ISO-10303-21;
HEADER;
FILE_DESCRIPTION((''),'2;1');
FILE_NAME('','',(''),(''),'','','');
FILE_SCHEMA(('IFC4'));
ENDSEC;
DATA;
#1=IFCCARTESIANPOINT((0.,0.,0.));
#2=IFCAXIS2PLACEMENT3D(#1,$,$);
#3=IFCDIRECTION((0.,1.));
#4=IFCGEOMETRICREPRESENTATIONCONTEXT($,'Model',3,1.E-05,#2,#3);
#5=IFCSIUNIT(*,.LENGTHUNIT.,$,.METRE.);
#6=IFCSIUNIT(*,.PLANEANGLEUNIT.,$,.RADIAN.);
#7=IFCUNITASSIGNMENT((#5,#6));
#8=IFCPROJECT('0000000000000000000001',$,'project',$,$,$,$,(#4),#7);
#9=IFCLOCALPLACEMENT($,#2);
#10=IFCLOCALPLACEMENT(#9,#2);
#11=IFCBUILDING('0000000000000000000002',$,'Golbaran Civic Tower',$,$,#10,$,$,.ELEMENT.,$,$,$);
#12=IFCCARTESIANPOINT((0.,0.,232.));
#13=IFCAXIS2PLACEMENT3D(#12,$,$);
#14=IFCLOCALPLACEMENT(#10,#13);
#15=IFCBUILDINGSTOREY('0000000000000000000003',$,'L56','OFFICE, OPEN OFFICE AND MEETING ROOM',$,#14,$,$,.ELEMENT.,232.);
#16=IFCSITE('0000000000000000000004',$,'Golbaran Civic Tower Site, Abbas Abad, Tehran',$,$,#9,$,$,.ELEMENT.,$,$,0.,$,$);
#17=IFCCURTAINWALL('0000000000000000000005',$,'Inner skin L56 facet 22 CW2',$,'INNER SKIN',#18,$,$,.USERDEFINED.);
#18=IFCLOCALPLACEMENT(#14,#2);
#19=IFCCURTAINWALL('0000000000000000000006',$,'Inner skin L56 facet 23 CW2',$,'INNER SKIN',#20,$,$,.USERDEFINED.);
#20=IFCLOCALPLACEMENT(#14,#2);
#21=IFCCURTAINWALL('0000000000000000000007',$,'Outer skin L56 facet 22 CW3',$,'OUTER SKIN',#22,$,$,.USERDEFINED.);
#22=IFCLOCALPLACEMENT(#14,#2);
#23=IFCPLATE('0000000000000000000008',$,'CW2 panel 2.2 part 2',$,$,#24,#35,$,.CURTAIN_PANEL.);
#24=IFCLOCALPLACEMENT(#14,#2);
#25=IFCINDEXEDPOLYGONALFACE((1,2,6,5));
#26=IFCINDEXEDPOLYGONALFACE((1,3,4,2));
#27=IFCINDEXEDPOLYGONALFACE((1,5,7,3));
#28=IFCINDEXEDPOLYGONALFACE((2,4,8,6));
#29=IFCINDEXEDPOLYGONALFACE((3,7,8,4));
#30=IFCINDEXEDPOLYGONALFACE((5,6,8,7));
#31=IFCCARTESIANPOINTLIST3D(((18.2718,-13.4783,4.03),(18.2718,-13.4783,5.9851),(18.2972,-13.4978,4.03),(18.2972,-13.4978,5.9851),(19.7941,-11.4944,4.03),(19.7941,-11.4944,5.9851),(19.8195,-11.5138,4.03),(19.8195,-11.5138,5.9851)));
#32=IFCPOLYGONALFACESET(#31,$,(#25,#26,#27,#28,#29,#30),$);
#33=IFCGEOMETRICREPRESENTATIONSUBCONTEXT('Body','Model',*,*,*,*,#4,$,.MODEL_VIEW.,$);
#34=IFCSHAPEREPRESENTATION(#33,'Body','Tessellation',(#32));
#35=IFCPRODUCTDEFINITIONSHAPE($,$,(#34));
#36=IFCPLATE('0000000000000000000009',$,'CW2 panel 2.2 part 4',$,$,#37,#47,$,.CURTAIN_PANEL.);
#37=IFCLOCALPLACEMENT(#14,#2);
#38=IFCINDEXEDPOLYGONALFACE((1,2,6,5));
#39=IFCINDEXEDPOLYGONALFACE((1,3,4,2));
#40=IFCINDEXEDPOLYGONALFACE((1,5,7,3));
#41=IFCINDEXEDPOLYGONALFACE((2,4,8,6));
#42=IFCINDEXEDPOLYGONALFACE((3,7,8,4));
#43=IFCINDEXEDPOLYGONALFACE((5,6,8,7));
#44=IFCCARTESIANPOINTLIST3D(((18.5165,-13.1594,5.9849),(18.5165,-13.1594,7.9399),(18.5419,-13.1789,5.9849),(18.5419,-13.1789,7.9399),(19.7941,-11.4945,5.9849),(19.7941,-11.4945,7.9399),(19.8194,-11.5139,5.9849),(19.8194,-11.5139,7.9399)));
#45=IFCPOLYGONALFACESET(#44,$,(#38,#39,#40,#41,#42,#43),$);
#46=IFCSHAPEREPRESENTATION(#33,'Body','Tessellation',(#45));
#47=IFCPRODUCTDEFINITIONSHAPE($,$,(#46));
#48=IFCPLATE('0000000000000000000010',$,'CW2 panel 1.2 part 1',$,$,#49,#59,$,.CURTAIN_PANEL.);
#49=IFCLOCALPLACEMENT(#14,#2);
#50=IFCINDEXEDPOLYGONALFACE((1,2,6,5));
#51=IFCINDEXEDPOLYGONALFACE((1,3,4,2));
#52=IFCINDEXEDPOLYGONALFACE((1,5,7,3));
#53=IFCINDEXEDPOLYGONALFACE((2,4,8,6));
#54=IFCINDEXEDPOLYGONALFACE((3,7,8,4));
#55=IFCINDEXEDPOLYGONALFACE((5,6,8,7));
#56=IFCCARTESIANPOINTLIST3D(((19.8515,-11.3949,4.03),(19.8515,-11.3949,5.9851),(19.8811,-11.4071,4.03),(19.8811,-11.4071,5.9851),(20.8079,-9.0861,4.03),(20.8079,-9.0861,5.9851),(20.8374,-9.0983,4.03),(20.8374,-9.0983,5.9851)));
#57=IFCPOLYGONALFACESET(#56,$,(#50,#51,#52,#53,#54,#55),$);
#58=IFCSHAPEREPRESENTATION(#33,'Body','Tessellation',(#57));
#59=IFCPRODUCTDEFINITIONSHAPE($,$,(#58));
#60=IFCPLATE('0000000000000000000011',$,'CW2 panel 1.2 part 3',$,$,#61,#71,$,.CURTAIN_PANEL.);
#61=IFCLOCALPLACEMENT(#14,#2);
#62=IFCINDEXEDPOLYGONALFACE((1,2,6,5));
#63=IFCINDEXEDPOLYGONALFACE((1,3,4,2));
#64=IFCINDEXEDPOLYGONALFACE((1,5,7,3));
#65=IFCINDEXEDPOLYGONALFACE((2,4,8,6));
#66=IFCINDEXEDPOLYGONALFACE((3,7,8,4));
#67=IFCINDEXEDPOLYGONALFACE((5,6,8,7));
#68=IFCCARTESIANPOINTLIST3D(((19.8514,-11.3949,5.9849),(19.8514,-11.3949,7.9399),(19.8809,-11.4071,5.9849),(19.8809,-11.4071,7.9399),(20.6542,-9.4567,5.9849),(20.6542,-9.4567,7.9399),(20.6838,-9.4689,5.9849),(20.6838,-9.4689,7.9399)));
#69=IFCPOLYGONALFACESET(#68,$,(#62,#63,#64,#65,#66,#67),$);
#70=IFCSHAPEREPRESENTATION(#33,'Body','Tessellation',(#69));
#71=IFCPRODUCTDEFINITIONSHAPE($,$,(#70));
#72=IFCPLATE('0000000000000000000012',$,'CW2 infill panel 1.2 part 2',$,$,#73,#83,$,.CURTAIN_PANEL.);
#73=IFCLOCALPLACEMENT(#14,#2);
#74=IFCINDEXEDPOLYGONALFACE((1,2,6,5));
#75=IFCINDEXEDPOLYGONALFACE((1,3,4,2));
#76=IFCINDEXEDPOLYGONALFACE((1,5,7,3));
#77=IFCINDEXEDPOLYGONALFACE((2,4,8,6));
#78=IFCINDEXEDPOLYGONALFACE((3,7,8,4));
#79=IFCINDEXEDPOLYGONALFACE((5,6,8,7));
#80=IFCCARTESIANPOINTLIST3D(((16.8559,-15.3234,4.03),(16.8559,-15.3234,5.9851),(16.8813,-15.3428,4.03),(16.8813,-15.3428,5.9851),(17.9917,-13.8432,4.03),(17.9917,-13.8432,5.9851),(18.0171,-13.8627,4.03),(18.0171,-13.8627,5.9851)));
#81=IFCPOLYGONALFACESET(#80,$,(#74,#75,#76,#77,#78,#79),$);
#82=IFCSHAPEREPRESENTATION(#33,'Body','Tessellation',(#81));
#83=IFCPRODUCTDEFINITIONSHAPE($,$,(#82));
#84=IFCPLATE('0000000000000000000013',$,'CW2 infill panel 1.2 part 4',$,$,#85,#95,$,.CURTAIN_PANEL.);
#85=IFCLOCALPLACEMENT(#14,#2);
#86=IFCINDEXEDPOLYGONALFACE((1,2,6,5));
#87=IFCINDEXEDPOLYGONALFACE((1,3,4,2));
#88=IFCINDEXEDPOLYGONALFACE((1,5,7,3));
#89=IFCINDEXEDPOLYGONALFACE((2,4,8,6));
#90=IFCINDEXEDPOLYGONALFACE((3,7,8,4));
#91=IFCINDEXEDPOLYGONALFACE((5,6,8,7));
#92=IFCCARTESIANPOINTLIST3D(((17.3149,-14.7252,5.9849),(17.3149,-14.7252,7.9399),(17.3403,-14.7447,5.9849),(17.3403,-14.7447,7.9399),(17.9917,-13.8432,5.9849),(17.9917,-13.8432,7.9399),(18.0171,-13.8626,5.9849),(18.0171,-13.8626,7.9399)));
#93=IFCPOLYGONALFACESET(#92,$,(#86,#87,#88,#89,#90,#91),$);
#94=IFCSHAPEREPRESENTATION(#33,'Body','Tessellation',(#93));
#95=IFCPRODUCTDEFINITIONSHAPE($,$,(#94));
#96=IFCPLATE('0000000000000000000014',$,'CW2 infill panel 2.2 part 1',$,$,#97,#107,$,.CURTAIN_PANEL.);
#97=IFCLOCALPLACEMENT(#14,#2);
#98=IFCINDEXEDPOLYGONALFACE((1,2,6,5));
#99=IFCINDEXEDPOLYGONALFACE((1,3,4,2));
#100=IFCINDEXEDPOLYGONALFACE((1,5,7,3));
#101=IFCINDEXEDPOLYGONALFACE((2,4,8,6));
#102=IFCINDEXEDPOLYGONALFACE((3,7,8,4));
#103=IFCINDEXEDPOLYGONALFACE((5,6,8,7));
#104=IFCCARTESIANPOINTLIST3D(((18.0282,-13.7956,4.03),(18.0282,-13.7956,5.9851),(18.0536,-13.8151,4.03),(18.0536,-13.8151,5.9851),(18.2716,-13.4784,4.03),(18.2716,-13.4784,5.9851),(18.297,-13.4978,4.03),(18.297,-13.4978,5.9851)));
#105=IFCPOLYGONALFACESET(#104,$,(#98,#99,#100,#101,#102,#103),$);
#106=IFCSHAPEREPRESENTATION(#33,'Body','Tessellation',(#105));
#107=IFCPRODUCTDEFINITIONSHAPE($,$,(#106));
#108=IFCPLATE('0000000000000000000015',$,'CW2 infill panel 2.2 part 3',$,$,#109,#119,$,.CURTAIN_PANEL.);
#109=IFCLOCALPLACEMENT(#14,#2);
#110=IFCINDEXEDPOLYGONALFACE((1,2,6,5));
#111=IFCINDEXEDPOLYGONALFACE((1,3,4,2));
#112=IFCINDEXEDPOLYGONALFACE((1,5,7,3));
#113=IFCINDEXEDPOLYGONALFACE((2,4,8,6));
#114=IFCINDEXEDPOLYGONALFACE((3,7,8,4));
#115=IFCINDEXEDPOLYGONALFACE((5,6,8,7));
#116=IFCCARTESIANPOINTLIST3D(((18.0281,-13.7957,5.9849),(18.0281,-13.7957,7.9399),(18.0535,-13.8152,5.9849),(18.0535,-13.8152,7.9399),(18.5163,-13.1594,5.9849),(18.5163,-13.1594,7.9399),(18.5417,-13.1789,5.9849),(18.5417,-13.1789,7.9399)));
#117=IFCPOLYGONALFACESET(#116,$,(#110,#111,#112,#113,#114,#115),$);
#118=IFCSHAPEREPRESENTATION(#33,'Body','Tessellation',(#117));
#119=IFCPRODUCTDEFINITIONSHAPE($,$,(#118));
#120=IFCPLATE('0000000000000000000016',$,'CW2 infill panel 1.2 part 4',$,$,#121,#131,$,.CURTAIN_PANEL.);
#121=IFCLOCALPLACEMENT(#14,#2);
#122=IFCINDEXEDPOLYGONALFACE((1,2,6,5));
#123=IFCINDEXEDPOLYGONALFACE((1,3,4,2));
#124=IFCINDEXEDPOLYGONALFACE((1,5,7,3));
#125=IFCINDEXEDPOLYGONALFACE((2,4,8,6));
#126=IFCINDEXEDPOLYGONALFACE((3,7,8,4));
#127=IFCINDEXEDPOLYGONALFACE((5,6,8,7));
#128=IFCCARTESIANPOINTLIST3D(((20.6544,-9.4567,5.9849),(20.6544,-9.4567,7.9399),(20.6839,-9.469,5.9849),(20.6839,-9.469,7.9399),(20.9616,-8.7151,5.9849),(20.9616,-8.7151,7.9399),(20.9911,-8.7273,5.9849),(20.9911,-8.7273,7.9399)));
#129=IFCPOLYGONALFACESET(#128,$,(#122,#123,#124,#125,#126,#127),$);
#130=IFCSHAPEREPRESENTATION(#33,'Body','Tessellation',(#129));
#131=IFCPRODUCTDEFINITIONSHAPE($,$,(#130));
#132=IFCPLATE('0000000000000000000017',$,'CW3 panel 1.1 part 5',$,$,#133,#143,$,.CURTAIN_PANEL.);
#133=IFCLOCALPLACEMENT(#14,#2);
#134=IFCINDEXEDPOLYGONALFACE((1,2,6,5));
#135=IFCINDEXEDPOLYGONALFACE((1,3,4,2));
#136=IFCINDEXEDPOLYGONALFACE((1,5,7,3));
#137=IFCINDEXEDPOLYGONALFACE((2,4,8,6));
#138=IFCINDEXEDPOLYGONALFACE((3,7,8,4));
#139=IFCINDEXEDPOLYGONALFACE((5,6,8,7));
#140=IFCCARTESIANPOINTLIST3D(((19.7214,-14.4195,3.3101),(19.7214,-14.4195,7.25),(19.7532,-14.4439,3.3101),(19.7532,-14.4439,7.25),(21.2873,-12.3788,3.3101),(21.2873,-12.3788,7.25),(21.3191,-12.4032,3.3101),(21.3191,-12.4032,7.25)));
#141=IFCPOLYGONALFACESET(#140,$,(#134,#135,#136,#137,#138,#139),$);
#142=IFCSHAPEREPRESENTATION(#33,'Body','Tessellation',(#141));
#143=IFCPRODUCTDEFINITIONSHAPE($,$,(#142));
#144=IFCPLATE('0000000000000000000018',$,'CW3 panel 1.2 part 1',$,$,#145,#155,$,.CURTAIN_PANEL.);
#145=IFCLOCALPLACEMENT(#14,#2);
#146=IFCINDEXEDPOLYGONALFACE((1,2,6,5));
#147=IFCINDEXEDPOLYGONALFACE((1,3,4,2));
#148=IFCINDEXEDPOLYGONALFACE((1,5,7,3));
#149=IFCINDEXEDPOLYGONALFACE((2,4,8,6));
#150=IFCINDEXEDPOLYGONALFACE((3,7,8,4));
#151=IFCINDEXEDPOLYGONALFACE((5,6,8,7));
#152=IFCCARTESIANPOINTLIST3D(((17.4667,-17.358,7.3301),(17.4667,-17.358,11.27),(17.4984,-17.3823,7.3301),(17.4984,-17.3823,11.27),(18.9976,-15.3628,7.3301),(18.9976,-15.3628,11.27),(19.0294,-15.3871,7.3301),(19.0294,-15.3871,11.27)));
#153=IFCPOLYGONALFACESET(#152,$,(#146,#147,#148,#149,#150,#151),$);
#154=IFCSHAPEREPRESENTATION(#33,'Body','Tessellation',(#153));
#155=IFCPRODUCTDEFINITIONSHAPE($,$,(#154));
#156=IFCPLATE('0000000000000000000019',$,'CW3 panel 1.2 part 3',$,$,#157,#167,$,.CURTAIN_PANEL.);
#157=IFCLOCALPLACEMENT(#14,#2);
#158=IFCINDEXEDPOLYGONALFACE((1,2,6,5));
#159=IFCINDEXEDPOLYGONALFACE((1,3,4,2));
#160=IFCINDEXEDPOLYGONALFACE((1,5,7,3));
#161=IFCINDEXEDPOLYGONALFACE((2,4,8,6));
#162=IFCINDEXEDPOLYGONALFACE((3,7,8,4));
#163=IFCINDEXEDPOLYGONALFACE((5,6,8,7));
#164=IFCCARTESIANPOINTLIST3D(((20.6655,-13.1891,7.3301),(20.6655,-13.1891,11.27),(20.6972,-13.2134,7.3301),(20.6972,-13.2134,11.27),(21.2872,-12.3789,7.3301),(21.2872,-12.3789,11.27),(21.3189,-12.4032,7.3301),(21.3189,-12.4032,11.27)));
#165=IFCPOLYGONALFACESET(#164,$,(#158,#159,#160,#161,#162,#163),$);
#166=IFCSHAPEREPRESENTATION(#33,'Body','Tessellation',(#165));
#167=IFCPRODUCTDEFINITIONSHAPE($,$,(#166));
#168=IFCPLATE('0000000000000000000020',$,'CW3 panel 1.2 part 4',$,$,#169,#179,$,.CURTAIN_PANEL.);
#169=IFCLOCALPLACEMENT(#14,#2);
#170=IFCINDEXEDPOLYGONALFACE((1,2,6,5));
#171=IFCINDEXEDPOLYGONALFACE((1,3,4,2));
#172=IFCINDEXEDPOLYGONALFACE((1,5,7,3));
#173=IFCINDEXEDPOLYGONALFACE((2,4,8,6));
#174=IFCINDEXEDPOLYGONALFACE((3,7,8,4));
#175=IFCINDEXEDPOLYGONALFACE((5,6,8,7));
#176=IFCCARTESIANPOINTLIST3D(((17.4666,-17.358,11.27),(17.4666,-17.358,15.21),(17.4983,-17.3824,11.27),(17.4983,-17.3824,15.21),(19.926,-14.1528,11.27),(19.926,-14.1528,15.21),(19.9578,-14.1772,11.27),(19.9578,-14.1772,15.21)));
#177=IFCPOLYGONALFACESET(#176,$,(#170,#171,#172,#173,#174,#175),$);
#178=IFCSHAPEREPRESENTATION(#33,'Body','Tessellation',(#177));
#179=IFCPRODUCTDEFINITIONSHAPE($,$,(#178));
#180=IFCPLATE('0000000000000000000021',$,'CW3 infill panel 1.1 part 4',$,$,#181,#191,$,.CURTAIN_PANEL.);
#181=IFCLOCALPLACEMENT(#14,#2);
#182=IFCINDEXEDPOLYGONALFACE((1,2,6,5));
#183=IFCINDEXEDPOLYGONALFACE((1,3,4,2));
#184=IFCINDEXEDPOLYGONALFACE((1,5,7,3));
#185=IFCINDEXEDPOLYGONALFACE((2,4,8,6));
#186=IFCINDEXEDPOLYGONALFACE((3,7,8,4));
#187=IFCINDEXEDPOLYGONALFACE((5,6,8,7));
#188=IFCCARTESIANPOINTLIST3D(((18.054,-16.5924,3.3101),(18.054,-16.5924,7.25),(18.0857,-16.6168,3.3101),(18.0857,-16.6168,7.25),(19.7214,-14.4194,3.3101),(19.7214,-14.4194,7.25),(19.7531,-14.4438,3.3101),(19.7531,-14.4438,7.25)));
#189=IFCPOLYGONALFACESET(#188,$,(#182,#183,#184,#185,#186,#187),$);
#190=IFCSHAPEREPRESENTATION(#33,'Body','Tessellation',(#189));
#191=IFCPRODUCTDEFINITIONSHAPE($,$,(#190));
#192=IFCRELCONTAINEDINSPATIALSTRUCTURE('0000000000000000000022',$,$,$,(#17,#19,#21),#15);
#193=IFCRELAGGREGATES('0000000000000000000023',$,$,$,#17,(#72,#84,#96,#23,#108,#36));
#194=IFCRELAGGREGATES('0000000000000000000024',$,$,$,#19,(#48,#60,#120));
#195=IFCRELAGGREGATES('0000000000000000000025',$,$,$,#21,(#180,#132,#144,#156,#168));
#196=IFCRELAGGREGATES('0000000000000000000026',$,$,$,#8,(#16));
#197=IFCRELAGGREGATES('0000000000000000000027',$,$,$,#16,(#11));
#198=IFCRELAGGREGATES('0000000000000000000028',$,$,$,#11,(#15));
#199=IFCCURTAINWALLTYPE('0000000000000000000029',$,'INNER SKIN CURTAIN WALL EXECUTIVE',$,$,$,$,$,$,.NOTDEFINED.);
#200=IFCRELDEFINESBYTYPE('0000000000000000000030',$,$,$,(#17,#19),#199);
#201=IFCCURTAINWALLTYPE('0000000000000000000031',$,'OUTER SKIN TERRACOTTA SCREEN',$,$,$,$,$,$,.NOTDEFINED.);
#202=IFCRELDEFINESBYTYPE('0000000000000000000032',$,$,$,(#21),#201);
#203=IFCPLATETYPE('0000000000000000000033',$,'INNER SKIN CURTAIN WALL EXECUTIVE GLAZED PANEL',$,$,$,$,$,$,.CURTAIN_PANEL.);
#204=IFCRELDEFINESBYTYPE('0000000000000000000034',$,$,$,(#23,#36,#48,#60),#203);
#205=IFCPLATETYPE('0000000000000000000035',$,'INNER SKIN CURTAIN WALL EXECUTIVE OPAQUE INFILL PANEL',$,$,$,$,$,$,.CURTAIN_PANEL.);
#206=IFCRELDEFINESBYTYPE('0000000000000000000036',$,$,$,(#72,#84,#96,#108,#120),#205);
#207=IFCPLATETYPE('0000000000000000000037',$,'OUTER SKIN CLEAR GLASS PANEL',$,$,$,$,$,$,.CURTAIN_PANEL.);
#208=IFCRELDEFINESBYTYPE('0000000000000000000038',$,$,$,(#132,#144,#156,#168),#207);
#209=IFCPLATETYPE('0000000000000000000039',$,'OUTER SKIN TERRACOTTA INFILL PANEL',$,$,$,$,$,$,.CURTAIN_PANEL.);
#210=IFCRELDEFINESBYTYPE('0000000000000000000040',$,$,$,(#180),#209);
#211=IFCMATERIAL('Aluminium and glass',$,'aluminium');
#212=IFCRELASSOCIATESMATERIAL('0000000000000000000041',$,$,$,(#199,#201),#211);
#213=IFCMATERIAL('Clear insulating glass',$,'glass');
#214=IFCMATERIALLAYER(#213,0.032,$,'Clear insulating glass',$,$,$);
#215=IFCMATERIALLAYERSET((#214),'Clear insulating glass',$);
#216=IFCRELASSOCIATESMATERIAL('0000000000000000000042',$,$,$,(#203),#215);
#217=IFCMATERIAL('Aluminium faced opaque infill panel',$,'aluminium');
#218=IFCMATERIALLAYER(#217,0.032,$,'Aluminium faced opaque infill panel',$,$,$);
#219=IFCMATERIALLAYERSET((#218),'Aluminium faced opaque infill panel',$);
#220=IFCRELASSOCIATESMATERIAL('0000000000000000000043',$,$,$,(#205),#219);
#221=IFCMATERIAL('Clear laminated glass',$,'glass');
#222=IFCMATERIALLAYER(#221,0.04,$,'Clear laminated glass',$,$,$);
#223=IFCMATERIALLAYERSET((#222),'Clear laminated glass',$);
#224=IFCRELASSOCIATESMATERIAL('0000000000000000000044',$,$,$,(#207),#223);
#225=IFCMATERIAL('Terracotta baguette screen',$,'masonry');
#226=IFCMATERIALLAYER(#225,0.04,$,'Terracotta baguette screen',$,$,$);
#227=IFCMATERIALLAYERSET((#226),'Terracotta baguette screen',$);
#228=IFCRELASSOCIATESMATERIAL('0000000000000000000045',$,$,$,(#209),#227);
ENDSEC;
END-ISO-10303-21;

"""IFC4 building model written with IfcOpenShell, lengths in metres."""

from ifc_helpers import new_model, si_unit, direction, frame, origin, origin_2d, place, context, subcontext, project, spatial, rectangle, extrude, material, layer, layer_set, type_object, element, aggregate, save


model = new_model("IFC4")

# Units and contexts
model_context = context("Model", 3, precision=1e-05, world=origin(), true_north=direction((0.0, 1.0)))
body_context = subcontext(model_context, "Body", "Model", "MODEL_VIEW")
ifc_project = project(units=[si_unit("LENGTHUNIT", "METRE"), si_unit("PLANEANGLEUNIT", "RADIAN")], contexts=[model_context])

# Site, building, storey
site_placement = place(None, origin())
site = spatial("IfcSite", under=ifc_project, at=site_placement, Name="Golbaran Civic Tower Site, Abbas Abad, Tehran", CompositionType="ELEMENT", RefElevation=0.0)
building_placement = place(site_placement, origin())
building = spatial("IfcBuilding", under=site, at=building_placement, Name="Golbaran Civic Tower", CompositionType="ELEMENT")
storey_placement = place(building_placement, frame((0.0, 0.0, 232.0)))
storey = spatial("IfcBuildingStorey", under=building, at=storey_placement, Name="L56", Description="OFFICE, OPEN OFFICE AND MEETING ROOM", CompositionType="ELEMENT", Elevation=232.0)

# Curtain walls
ifc_material_1 = material(Name="Aluminium and glass", Category="aluminium")
curtain_wall_type_1 = type_object("IfcCurtainWallType", Name="INNER SKIN CURTAIN WALL EXECUTIVE", PredefinedType="NOTDEFINED", material=ifc_material_1)
curtain_wall_1_placement = place(storey_placement, origin())
curtain_wall_1 = element("IfcCurtainWall", 1, at=curtain_wall_1_placement, inside=storey, type_object=curtain_wall_type_1, Name="Inner skin L56 facet 22 CW2", ObjectType="INNER SKIN", PredefinedType="USERDEFINED")
curtain_wall_2_placement = place(storey_placement, origin())
curtain_wall_2 = element("IfcCurtainWall", 2, at=curtain_wall_2_placement, inside=storey, type_object=curtain_wall_type_1, Name="Inner skin L56 facet 23 CW2", ObjectType="INNER SKIN", PredefinedType="USERDEFINED")
curtain_wall_type_2 = type_object("IfcCurtainWallType", Name="OUTER SKIN TERRACOTTA SCREEN", PredefinedType="NOTDEFINED", material=ifc_material_1)
curtain_wall_3_placement = place(storey_placement, origin())
curtain_wall_3 = element("IfcCurtainWall", 3, at=curtain_wall_3_placement, inside=storey, type_object=curtain_wall_type_2, Name="Outer skin L56 facet 22 CW3", ObjectType="OUTER SKIN", PredefinedType="USERDEFINED")

# Shared definitions
ifc_material_2 = material(Name="Clear insulating glass", Category="glass")
ifc_layer_1 = layer(ifc_material_2, 0.032, Name="Clear insulating glass")
ifc_layer_set_1 = layer_set([ifc_layer_1], Name="Clear insulating glass")
plate_type_1 = type_object("IfcPlateType", Name="INNER SKIN CURTAIN WALL EXECUTIVE GLAZED PANEL", PredefinedType="CURTAIN_PANEL", material=ifc_layer_set_1)

# Plates
plate_1_placement = place(storey_placement, frame((19.0457, -12.4961, 4.03), z_axis=(0.0, 0.0, 1.0), x_axis=(0.608761, 0.793353, 0.0)))
plate_1 = element("IfcPlate", 4, at=plate_1_placement, type_object=plate_type_1, Name="CW2 panel 2.2 part 2", PredefinedType="CURTAIN_PANEL", context=body_context, shape_type="SweptSolid", body=[
    extrude(rectangle(XDim=2.5007, YDim=0.032, at=origin_2d()), origin(), (0.0, 0.0, 1.0), 1.9551),
])
plate_2_placement = place(storey_placement, frame((19.168, -12.3367, 5.9849), z_axis=(0.0, 0.0, 1.0), x_axis=(0.608761, 0.793353, 0.0)))
plate_2 = element("IfcPlate", 5, at=plate_2_placement, type_object=plate_type_1, Name="CW2 panel 2.2 part 4", PredefinedType="CURTAIN_PANEL", context=body_context, shape_type="SweptSolid", body=[
    extrude(rectangle(XDim=2.0986, YDim=0.032, at=origin_2d()), origin(), (0.0, 0.0, 1.0), 1.9551),
])
plate_3_placement = place(storey_placement, frame((20.3445, -10.2466, 4.03), z_axis=(0.0, 0.0, 1.0), x_axis=(0.382683, 0.92388, 0.0)))
plate_3 = element("IfcPlate", 6, at=plate_3_placement, type_object=plate_type_1, Name="CW2 panel 1.2 part 1", PredefinedType="CURTAIN_PANEL", context=body_context, shape_type="SweptSolid", body=[
    extrude(rectangle(XDim=2.499, YDim=0.032, at=origin_2d()), origin(), (0.0, 0.0, 1.0), 1.9551),
])
plate_4_placement = place(storey_placement, frame((20.2676, -10.4319, 5.9849), z_axis=(0.0, 0.0, 1.0), x_axis=(0.382683, 0.92388, 0.0)))
plate_4 = element("IfcPlate", 7, at=plate_4_placement, type_object=plate_type_1, Name="CW2 panel 1.2 part 3", PredefinedType="CURTAIN_PANEL", context=body_context, shape_type="SweptSolid", body=[
    extrude(rectangle(XDim=2.0979, YDim=0.032, at=origin_2d()), origin(), (0.0, 0.0, 1.0), 1.9551),
])
ifc_material_3 = material(Name="Aluminium faced opaque infill panel", Category="aluminium")
ifc_layer_2 = layer(ifc_material_3, 0.032, Name="Aluminium faced opaque infill panel")
ifc_layer_set_2 = layer_set([ifc_layer_2], Name="Aluminium faced opaque infill panel")
plate_type_2 = type_object("IfcPlateType", Name="INNER SKIN CURTAIN WALL EXECUTIVE OPAQUE INFILL PANEL", PredefinedType="CURTAIN_PANEL", material=ifc_layer_set_2)
plate_5_placement = place(storey_placement, frame((17.4365, -14.593, 4.03), z_axis=(0.0, 0.0, 1.0), x_axis=(0.608761, 0.793353, 0.0)))
plate_5 = element("IfcPlate", 8, at=plate_5_placement, type_object=plate_type_2, Name="CW2 infill panel 1.2 part 2", PredefinedType="CURTAIN_PANEL", context=body_context, shape_type="SweptSolid", body=[
    extrude(rectangle(XDim=1.8657, YDim=0.032, at=origin_2d()), origin(), (0.0, 0.0, 1.0), 1.9551),
])
plate_6_placement = place(storey_placement, frame((17.666, -14.2939, 5.9849), z_axis=(0.0, 0.0, 1.0), x_axis=(0.608761, 0.793353, 0.0)))
plate_6 = element("IfcPlate", 9, at=plate_6_placement, type_object=plate_type_2, Name="CW2 infill panel 1.2 part 4", PredefinedType="CURTAIN_PANEL", context=body_context, shape_type="SweptSolid", body=[
    extrude(rectangle(XDim=1.1118, YDim=0.032, at=origin_2d()), origin(), (0.0, 0.0, 1.0), 1.9551),
])
plate_7_placement = place(storey_placement, frame((18.1626, -13.6467, 4.03), z_axis=(0.0, 0.0, 1.0), x_axis=(0.608761, 0.793353, 0.0)))
plate_7 = element("IfcPlate", 10, at=plate_7_placement, type_object=plate_type_2, Name="CW2 infill panel 2.2 part 1", PredefinedType="CURTAIN_PANEL", context=body_context, shape_type="SweptSolid", body=[
    extrude(rectangle(XDim=0.3999, YDim=0.032, at=origin_2d()), origin(), (0.0, 0.0, 1.0), 1.9551),
])
plate_8_placement = place(storey_placement, frame((18.2849, -13.4873, 5.9849), z_axis=(0.0, 0.0, 1.0), x_axis=(0.608761, 0.793353, 0.0)))
plate_8 = element("IfcPlate", 11, at=plate_8_placement, type_object=plate_type_2, Name="CW2 infill panel 2.2 part 3", PredefinedType="CURTAIN_PANEL", context=body_context, shape_type="SweptSolid", body=[
    extrude(rectangle(XDim=0.802, YDim=0.032, at=origin_2d()), origin(), (0.0, 0.0, 1.0), 1.9551),
])
aggregate(curtain_wall_1, [plate_5, plate_6, plate_7, plate_1, plate_8, plate_2])
plate_9_placement = place(storey_placement, frame((20.8228, -9.092, 5.9849), z_axis=(0.0, 0.0, 1.0), x_axis=(0.382683, 0.92388, 0.0)))
plate_9 = element("IfcPlate", 12, at=plate_9_placement, type_object=plate_type_2, Name="CW2 infill panel 1.2 part 4", PredefinedType="CURTAIN_PANEL", context=body_context, shape_type="SweptSolid", body=[
    extrude(rectangle(XDim=0.8027, YDim=0.032, at=origin_2d()), origin(), (0.0, 0.0, 1.0), 1.9551),
])
aggregate(curtain_wall_2, [plate_3, plate_4, plate_9])
ifc_material_4 = material(Name="Clear laminated glass", Category="glass")
ifc_layer_3 = layer(ifc_material_4, 0.04, Name="Clear laminated glass")
ifc_layer_set_3 = layer_set([ifc_layer_3], Name="Clear laminated glass")
plate_type_3 = type_object("IfcPlateType", Name="OUTER SKIN CLEAR GLASS PANEL", PredefinedType="CURTAIN_PANEL", material=ifc_layer_set_3)
plate_10_placement = place(storey_placement, frame((20.5203, -13.4114, 3.3101), z_axis=(0.0, 0.0, 1.0), x_axis=(0.608761, 0.793353, 0.0)))
plate_10 = element("IfcPlate", 13, at=plate_10_placement, type_object=plate_type_3, Name="CW3 panel 1.1 part 5", PredefinedType="CURTAIN_PANEL", context=body_context, shape_type="SweptSolid", body=[
    extrude(rectangle(XDim=2.5723, YDim=0.04, at=origin_2d()), origin(), (0.0, 0.0, 1.0), 3.9399),
])
plate_11_placement = place(storey_placement, frame((18.248, -16.3726, 7.3301), z_axis=(0.0, 0.0, 1.0), x_axis=(0.608761, 0.793353, 0.0)))
plate_11 = element("IfcPlate", 14, at=plate_11_placement, type_object=plate_type_3, Name="CW3 panel 1.2 part 1", PredefinedType="CURTAIN_PANEL", context=body_context, shape_type="SweptSolid", body=[
    extrude(rectangle(XDim=2.5149, YDim=0.04, at=origin_2d()), origin(), (0.0, 0.0, 1.0), 3.9399),
])
plate_12_placement = place(storey_placement, frame((20.9922, -12.7961, 7.3301), z_axis=(0.0, 0.0, 1.0), x_axis=(0.608761, 0.793353, 0.0)))
plate_12 = element("IfcPlate", 15, at=plate_12_placement, type_object=plate_type_3, Name="CW3 panel 1.2 part 3", PredefinedType="CURTAIN_PANEL", context=body_context, shape_type="SweptSolid", body=[
    extrude(rectangle(XDim=1.0212, YDim=0.04, at=origin_2d()), origin(), (0.0, 0.0, 1.0), 3.9399),
])
plate_13_placement = place(storey_placement, frame((18.7122, -15.7676, 11.27), z_axis=(0.0, 0.0, 1.0), x_axis=(0.608761, 0.793353, 0.0)))
plate_13 = element("IfcPlate", 16, at=plate_13_placement, type_object=plate_type_3, Name="CW3 panel 1.2 part 4", PredefinedType="CURTAIN_PANEL", context=body_context, shape_type="SweptSolid", body=[
    extrude(rectangle(XDim=4.04, YDim=0.04, at=origin_2d()), origin(), (0.0, 0.0, 1.0), 3.9399),
])
ifc_material_5 = material(Name="Terracotta baguette screen", Category="masonry")
ifc_layer_4 = layer(ifc_material_5, 0.04, Name="Terracotta baguette screen")
ifc_layer_set_4 = layer_set([ifc_layer_4], Name="Terracotta baguette screen")
plate_type_4 = type_object("IfcPlateType", Name="OUTER SKIN TERRACOTTA INFILL PANEL", PredefinedType="CURTAIN_PANEL", material=ifc_layer_set_4)
plate_14_placement = place(storey_placement, frame((18.9036, -15.5181, 3.3101), z_axis=(0.0, 0.0, 1.0), x_axis=(0.608761, 0.793353, 0.0)))
plate_14 = element("IfcPlate", 17, at=plate_14_placement, type_object=plate_type_4, Name="CW3 infill panel 1.1 part 4", PredefinedType="CURTAIN_PANEL", context=body_context, shape_type="SweptSolid", body=[
    extrude(rectangle(XDim=2.739, YDim=0.04, at=origin_2d()), origin(), (0.0, 0.0, 1.0), 3.9399),
])
aggregate(curtain_wall_3, [plate_14, plate_10, plate_11, plate_12, plate_13])

save(model, "model.ifc")
